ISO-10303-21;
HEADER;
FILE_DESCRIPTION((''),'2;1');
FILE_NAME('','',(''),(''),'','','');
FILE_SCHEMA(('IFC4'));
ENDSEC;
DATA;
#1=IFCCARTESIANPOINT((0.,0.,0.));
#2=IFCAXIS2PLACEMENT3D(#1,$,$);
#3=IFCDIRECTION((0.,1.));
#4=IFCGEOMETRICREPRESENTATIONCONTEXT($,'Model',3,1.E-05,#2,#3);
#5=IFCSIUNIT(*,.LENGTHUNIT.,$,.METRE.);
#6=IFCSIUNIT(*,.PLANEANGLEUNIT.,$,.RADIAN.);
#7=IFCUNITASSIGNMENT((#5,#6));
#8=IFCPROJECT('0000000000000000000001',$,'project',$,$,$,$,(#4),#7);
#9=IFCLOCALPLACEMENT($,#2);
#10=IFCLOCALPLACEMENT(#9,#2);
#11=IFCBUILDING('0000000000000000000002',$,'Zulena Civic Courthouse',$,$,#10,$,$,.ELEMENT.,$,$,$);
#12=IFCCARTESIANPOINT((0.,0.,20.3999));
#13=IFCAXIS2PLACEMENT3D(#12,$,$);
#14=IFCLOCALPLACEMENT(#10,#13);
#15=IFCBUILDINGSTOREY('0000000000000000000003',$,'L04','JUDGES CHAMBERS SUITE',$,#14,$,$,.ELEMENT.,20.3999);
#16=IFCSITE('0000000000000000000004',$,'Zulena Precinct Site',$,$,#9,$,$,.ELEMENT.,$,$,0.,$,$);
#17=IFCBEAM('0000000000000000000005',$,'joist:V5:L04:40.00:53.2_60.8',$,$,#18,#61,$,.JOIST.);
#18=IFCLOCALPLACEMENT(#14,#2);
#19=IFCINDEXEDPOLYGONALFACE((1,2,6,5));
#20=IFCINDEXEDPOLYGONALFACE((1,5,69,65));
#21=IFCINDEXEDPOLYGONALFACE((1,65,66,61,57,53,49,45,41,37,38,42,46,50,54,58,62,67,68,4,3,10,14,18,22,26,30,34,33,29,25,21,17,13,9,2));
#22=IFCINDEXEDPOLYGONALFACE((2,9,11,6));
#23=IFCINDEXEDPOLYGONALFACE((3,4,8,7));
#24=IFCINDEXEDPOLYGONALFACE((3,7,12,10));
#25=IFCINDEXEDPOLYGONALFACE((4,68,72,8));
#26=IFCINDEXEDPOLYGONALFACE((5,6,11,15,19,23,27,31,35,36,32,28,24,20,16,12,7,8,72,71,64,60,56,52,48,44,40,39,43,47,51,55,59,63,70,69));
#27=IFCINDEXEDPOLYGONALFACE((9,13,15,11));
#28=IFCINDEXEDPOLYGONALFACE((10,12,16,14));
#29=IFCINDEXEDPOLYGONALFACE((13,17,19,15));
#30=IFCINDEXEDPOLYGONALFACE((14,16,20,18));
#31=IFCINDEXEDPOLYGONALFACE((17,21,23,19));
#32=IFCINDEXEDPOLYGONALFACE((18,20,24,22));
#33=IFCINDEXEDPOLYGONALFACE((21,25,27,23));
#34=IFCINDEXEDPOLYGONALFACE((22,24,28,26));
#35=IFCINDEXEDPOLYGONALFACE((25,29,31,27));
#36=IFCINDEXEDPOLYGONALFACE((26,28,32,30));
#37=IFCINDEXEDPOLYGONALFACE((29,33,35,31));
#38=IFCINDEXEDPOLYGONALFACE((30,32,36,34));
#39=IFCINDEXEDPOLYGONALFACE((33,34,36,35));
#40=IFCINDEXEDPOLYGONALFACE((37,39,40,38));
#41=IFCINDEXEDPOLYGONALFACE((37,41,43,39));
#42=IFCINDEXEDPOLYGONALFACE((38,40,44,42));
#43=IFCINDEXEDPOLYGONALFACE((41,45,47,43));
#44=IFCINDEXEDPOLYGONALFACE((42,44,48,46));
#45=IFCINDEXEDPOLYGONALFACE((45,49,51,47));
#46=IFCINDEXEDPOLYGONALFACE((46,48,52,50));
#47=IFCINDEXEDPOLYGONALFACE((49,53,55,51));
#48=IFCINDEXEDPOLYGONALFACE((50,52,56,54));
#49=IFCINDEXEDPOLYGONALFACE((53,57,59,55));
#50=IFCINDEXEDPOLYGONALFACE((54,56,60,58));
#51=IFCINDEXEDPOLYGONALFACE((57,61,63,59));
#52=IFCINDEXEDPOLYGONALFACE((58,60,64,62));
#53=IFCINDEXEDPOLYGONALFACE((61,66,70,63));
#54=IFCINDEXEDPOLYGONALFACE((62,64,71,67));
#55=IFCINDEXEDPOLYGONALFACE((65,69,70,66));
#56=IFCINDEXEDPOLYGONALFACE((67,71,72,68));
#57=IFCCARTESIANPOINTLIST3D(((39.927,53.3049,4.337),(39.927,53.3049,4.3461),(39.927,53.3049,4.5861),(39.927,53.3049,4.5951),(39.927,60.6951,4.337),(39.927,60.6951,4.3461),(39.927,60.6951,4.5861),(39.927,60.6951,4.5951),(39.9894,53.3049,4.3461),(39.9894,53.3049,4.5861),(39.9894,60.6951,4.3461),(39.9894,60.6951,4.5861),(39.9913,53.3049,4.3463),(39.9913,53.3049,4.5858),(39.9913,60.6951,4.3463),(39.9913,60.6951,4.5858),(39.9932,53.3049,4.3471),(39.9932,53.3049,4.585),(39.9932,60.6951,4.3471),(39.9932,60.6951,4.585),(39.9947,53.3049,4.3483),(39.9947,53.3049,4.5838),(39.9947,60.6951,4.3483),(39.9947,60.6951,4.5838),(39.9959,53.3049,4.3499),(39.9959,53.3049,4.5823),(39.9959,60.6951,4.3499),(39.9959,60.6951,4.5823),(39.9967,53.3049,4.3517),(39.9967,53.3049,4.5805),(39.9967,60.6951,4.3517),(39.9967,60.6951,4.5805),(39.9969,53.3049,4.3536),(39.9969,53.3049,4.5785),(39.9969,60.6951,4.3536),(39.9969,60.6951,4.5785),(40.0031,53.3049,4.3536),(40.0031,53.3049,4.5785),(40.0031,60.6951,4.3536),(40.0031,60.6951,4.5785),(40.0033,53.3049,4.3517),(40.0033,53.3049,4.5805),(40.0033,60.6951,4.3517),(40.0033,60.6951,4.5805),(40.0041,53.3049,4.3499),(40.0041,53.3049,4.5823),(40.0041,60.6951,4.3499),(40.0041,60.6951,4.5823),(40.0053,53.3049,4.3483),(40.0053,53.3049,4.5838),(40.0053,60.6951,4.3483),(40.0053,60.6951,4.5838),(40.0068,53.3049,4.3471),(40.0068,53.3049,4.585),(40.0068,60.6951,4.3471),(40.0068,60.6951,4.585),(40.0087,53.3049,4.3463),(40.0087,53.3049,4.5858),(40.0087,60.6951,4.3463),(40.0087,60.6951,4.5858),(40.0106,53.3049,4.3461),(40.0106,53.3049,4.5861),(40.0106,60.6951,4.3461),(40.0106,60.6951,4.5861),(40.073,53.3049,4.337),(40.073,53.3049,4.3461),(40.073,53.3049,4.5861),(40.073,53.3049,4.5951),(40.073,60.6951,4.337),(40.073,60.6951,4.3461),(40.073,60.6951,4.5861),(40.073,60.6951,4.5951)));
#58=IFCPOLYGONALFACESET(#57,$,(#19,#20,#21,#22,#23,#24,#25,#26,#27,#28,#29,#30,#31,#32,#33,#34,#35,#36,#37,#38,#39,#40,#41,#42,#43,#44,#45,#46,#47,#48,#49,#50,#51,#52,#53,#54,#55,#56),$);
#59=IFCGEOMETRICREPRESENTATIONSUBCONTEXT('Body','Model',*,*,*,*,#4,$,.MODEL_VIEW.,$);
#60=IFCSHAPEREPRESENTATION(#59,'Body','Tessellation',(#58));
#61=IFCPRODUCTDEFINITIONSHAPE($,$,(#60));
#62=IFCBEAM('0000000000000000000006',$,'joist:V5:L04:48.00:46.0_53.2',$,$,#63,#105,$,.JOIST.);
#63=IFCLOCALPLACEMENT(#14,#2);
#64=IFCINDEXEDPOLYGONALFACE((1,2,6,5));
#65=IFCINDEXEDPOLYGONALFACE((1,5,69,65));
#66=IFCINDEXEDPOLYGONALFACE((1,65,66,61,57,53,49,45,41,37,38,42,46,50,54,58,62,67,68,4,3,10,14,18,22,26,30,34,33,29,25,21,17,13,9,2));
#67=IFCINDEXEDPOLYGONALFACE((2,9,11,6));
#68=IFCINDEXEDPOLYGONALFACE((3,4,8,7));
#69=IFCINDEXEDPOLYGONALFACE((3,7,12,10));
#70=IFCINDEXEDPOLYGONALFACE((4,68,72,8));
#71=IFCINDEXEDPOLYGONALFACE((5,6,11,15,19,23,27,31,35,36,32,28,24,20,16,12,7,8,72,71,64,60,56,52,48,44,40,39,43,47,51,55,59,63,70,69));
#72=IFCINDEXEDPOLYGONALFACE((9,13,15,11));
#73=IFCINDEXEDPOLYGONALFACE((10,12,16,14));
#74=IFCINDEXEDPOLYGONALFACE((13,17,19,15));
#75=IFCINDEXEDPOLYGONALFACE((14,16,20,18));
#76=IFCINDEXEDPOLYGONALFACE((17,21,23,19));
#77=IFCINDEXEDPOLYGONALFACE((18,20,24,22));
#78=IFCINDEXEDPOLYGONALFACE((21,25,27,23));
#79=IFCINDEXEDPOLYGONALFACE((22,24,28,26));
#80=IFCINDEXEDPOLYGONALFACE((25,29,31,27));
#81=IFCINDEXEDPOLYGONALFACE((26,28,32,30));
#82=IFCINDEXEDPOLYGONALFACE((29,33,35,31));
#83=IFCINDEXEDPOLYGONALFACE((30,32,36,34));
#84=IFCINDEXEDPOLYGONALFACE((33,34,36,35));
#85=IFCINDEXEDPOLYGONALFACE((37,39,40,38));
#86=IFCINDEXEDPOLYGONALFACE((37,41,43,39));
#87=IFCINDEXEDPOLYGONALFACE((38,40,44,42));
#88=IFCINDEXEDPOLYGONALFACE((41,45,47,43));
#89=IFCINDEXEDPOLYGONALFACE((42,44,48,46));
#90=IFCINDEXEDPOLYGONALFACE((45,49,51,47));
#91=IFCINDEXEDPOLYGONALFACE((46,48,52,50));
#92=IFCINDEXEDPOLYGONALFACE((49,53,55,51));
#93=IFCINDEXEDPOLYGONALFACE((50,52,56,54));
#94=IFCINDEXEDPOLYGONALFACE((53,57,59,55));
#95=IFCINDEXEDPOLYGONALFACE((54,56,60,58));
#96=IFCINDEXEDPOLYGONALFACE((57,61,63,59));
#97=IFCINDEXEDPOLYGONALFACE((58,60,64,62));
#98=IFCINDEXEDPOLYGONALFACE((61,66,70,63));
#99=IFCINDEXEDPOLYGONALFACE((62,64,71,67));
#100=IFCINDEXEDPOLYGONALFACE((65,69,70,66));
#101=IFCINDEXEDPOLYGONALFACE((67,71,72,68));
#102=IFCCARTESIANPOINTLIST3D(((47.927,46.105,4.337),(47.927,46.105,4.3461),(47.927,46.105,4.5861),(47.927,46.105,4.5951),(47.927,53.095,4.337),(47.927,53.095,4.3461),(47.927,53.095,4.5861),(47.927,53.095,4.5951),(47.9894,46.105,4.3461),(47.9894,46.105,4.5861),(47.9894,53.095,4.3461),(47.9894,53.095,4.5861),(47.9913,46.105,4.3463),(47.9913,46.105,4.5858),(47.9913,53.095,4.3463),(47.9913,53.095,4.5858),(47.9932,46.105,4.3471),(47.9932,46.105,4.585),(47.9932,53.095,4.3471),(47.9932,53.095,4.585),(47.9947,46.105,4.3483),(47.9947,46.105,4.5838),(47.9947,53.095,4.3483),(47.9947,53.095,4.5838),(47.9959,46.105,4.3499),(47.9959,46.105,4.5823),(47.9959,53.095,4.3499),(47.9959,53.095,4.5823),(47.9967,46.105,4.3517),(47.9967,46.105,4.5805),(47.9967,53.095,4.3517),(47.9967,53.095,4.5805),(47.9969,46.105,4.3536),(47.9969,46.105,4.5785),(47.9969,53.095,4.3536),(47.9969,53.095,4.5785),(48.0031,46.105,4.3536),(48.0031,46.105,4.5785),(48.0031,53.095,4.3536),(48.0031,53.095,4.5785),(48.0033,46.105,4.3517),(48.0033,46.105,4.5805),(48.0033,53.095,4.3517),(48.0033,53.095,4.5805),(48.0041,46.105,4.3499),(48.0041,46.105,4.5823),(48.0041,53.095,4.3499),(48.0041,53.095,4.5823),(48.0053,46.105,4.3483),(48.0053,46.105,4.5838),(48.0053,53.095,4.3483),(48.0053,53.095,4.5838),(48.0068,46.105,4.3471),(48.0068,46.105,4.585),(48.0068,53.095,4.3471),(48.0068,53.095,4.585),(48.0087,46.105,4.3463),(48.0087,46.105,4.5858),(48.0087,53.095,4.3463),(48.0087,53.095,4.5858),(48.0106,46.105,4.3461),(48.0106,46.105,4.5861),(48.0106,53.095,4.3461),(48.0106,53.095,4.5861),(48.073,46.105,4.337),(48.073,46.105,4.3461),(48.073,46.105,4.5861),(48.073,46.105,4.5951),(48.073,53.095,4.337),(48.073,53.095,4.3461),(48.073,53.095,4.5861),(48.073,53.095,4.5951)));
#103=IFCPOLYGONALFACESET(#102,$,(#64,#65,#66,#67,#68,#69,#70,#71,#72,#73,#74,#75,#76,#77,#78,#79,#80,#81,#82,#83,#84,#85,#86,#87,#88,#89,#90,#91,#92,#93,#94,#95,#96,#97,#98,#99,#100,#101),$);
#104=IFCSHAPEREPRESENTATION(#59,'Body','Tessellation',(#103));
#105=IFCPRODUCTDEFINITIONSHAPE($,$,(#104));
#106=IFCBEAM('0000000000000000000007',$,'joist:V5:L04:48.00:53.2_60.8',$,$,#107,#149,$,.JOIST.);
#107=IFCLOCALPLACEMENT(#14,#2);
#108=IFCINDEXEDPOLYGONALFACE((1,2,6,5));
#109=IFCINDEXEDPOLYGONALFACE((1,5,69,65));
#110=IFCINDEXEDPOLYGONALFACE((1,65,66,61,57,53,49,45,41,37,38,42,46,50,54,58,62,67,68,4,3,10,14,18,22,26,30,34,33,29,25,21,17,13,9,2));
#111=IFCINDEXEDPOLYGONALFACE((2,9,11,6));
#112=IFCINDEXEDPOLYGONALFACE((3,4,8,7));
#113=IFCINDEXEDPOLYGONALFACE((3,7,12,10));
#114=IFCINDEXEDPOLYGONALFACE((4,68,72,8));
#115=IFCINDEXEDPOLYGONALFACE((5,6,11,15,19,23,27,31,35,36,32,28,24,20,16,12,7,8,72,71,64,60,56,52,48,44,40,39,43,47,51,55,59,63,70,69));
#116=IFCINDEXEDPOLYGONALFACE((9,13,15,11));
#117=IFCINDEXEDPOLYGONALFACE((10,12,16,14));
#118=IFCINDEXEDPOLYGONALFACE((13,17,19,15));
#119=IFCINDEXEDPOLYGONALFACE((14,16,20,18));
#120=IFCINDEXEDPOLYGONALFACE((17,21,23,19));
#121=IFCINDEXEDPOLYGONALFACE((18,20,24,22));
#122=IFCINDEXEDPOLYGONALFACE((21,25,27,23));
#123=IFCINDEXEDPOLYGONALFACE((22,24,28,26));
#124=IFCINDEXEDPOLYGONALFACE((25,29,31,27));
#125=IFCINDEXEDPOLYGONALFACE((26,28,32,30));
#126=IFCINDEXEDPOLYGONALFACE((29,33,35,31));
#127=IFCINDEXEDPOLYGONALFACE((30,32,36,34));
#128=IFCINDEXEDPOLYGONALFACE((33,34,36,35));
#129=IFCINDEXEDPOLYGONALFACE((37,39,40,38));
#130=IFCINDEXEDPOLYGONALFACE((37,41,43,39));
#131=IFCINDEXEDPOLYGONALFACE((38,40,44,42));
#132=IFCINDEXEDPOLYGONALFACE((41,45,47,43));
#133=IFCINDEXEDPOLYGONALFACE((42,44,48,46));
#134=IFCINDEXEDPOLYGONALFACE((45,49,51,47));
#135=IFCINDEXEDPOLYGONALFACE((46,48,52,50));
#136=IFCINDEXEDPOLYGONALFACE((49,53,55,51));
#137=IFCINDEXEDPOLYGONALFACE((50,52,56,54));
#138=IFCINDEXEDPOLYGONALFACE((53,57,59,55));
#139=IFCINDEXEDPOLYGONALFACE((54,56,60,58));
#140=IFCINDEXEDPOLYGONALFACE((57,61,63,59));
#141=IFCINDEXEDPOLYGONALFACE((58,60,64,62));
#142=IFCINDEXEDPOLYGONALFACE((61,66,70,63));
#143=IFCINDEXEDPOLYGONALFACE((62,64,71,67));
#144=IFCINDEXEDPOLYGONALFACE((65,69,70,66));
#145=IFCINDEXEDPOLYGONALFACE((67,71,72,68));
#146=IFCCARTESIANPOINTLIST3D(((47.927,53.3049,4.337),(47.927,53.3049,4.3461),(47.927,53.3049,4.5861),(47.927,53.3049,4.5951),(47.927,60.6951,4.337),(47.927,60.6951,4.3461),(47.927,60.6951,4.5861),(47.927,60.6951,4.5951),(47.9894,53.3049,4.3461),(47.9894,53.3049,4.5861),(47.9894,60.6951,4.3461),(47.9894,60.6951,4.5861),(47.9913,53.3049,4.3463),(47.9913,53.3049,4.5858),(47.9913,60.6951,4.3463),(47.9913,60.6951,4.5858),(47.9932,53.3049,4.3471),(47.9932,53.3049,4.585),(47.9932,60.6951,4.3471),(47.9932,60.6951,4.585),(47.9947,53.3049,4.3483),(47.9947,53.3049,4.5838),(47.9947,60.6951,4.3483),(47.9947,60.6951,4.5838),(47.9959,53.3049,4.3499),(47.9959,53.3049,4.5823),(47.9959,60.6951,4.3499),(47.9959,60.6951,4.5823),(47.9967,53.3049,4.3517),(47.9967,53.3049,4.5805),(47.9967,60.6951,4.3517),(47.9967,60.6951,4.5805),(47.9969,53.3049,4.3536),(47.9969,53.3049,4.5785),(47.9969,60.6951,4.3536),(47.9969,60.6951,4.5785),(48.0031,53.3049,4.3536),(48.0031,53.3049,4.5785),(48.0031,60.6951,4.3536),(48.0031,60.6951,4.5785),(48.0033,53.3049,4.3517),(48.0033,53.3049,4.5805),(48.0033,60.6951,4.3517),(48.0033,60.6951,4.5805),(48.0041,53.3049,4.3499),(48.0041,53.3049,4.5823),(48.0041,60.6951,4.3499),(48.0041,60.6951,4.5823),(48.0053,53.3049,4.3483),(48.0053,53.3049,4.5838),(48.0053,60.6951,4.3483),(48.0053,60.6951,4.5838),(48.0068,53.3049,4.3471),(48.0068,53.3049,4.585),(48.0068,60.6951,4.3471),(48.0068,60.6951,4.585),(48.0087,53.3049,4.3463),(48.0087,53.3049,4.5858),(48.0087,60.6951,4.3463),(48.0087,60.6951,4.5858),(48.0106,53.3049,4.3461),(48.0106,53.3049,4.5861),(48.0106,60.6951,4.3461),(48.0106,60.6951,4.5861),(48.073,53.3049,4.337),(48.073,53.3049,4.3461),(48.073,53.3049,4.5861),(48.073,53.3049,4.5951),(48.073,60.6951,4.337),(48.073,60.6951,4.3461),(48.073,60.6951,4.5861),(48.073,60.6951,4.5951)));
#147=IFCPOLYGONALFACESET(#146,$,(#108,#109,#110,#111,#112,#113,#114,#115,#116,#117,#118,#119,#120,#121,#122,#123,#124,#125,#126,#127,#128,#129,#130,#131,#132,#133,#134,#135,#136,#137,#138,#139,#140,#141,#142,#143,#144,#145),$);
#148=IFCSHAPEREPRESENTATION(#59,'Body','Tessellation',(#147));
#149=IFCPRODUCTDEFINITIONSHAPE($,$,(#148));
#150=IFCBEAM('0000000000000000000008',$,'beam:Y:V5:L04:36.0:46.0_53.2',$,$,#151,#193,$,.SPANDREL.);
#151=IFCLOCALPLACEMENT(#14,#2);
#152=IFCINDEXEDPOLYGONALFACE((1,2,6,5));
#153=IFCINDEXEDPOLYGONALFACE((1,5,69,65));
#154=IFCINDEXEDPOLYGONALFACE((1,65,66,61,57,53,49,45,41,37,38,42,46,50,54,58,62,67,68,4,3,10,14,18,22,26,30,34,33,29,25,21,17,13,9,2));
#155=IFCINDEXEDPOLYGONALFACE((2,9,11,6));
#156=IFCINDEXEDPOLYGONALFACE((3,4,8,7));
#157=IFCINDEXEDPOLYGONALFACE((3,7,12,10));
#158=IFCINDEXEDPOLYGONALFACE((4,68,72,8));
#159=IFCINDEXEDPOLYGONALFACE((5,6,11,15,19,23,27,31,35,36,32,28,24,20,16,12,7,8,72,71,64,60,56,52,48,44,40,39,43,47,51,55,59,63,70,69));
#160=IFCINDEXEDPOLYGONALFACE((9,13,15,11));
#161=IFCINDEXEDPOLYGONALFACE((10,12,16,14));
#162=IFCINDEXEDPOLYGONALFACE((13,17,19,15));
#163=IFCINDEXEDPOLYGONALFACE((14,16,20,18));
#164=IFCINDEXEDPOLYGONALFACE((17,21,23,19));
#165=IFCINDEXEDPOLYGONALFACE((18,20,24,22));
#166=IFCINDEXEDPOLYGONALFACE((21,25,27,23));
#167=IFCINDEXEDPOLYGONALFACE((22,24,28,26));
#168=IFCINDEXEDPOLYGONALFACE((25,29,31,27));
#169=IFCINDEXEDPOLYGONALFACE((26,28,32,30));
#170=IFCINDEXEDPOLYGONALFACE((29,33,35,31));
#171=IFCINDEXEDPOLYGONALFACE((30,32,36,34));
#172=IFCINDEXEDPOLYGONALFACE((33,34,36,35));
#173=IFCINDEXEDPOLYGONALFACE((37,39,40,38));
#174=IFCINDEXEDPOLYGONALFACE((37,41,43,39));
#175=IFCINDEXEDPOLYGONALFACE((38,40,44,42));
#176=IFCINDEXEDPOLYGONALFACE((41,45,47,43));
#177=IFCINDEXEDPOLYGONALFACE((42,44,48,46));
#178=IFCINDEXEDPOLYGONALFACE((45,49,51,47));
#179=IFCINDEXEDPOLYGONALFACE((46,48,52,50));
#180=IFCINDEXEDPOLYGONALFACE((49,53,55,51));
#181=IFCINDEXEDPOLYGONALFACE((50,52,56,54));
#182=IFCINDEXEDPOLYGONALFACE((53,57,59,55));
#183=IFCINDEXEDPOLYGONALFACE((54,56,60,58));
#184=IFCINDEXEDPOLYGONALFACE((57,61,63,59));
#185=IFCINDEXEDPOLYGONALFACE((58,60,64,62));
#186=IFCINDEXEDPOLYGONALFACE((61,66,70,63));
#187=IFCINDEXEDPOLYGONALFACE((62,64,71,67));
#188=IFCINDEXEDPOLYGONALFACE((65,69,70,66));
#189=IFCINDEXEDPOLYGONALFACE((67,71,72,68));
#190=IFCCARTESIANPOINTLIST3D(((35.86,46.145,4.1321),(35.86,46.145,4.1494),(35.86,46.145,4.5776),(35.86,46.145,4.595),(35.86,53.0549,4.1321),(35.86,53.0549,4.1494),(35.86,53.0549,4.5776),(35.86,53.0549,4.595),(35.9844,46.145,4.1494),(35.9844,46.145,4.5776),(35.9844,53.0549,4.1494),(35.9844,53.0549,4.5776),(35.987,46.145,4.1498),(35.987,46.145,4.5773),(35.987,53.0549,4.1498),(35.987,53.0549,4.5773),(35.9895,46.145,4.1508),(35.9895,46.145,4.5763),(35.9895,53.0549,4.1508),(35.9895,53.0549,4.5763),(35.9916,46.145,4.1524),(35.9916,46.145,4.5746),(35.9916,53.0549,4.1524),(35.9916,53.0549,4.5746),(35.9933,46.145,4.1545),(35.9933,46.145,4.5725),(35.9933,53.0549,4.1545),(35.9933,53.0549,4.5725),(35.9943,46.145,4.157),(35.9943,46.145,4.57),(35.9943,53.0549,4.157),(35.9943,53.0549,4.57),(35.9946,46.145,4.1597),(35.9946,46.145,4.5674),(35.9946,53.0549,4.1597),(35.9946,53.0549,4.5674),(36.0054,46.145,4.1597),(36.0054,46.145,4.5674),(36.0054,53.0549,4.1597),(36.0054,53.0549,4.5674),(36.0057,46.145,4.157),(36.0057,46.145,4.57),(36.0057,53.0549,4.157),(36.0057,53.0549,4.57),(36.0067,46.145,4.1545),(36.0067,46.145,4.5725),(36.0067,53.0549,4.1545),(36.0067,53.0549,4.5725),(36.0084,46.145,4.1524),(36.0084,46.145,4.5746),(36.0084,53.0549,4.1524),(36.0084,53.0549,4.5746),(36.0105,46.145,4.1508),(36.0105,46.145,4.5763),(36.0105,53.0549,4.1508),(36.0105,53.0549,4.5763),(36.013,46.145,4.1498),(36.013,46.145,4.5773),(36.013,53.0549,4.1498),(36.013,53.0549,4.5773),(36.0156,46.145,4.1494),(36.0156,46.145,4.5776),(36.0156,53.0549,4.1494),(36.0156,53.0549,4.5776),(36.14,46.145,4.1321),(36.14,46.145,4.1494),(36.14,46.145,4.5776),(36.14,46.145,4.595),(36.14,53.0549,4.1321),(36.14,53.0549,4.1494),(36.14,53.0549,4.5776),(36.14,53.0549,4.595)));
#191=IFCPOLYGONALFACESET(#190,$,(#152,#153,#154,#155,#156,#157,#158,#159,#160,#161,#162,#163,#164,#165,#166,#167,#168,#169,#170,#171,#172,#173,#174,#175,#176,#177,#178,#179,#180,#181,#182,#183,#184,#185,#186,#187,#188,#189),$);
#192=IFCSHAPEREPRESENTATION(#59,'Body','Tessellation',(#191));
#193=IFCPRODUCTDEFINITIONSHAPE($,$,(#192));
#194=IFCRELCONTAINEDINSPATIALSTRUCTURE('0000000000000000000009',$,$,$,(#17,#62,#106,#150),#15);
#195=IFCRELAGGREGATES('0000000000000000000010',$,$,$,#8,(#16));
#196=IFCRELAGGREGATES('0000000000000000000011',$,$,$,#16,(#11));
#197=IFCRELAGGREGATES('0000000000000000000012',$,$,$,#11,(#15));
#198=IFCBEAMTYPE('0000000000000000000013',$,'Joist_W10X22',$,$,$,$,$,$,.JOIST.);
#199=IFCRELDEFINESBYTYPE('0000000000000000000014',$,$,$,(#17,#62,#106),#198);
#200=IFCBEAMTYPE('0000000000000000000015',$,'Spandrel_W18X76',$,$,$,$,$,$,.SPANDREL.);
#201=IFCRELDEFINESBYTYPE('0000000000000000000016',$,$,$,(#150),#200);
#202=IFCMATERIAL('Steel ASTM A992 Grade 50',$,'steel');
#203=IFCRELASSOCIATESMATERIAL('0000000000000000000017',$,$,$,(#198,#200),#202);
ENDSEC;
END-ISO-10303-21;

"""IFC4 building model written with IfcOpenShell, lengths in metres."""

from ifc_helpers import new_model, si_unit, direction, frame, origin, origin_2d, place, context, subcontext, project, spatial, i_section, extrude, material, material_profile, profile_set, type_object, element, save


model = new_model("IFC4")

# Units and contexts
model_context = context("Model", 3, precision=1e-05, world=origin(), true_north=direction((0.0, 1.0)))
body_context = subcontext(model_context, "Body", "Model", "MODEL_VIEW")
ifc_project = project(units=[si_unit("LENGTHUNIT", "METRE"), si_unit("PLANEANGLEUNIT", "RADIAN")], contexts=[model_context])

# Site, building, storey
site_placement = place(None, origin())
site = spatial("IfcSite", under=ifc_project, at=site_placement, Name="Zulena Precinct Site", CompositionType="ELEMENT", RefElevation=0.0)
building_placement = place(site_placement, origin())
building = spatial("IfcBuilding", under=site, at=building_placement, Name="Zulena Civic Courthouse", CompositionType="ELEMENT")
storey_placement = place(building_placement, frame((0.0, 0.0, 20.3999)))
storey = spatial("IfcBuildingStorey", under=building, at=storey_placement, Name="L04", Description="JUDGES CHAMBERS SUITE", CompositionType="ELEMENT", Elevation=20.3999)

# Shared definitions
ifc_material_1 = material(Name="Steel ASTM A992 Grade 50", Category="steel")

# Beams
ifc_material_profile_1 = material_profile(ifc_material_1, i_section(OverallWidth=0.146, OverallDepth=0.2581, WebThickness=0.0061, FlangeThickness=0.009, FilletRadius=0.0076, at=origin_2d()), Name="W10X22")
ifc_profile_set_1 = profile_set([ifc_material_profile_1], Name="Steel ASTM A992 Grade 50")
beam_type_1 = type_object("IfcBeamType", Name="Joist_W10X22", PredefinedType="JOIST", material=ifc_profile_set_1)
beam_1_placement = place(storey_placement, frame((40.0, 53.3049, 4.4661), z_axis=(0.0, 1.0, 0.0), x_axis=(-1.0, 0.0, 0.0)))
element("IfcBeam", 1, at=beam_1_placement, inside=storey, type_object=beam_type_1, Name="joist:V5:L04:40.00:53.2_60.8", PredefinedType="JOIST", context=body_context, shape_type="SweptSolid", body=[
    extrude(i_section(OverallWidth=0.146, OverallDepth=0.2581, WebThickness=0.0061, FlangeThickness=0.009, FilletRadius=0.0076, at=origin_2d()), origin(), (0.0, 0.0, 1.0), 7.3901),
])
beam_2_placement = place(storey_placement, frame((48.0, 46.105, 4.4661), z_axis=(0.0, 1.0, 0.0), x_axis=(-1.0, 0.0, 0.0)))
element("IfcBeam", 2, at=beam_2_placement, inside=storey, type_object=beam_type_1, Name="joist:V5:L04:48.00:46.0_53.2", PredefinedType="JOIST", context=body_context, shape_type="SweptSolid", body=[
    extrude(i_section(OverallWidth=0.146, OverallDepth=0.2581, WebThickness=0.0061, FlangeThickness=0.009, FilletRadius=0.0076, at=origin_2d()), origin(), (0.0, 0.0, 1.0), 6.99),
])
beam_3_placement = place(storey_placement, frame((48.0, 53.3049, 4.4661), z_axis=(0.0, 1.0, 0.0), x_axis=(-1.0, 0.0, 0.0)))
element("IfcBeam", 3, at=beam_3_placement, inside=storey, type_object=beam_type_1, Name="joist:V5:L04:48.00:53.2_60.8", PredefinedType="JOIST", context=body_context, shape_type="SweptSolid", body=[
    extrude(i_section(OverallWidth=0.146, OverallDepth=0.2581, WebThickness=0.0061, FlangeThickness=0.009, FilletRadius=0.0076, at=origin_2d()), origin(), (0.0, 0.0, 1.0), 7.3901),
])
ifc_material_profile_2 = material_profile(ifc_material_1, i_section(OverallWidth=0.28, OverallDepth=0.4629, WebThickness=0.0107, FlangeThickness=0.0173, FilletRadius=0.0103, at=origin_2d()), Name="W18X76")
ifc_profile_set_2 = profile_set([ifc_material_profile_2], Name="Steel ASTM A992 Grade 50")
beam_type_2 = type_object("IfcBeamType", Name="Spandrel_W18X76", PredefinedType="SPANDREL", material=ifc_profile_set_2)
for number, where, z_axis, x_axis, name in (
    (4, (36.0, 46.145, 4.3635), (0.0, 1.0, 0.0), (-1.0, 0.0, 0.0), "beam:Y:V5:L04:36.0:46.0_53.2"),
):
    element("IfcBeam", number, at=place(storey_placement, frame(where, z_axis=z_axis, x_axis=x_axis)), inside=storey, type_object=beam_type_2, Name=name, PredefinedType="SPANDREL", context=body_context, shape_type="SweptSolid", body=[
        extrude(i_section(OverallWidth=0.28, OverallDepth=0.4629, WebThickness=0.0107, FlangeThickness=0.0173, FilletRadius=0.0103, at=origin_2d()), origin(), (0.0, 0.0, 1.0), 6.9099),
    ])

save(model, "model.ifc")
